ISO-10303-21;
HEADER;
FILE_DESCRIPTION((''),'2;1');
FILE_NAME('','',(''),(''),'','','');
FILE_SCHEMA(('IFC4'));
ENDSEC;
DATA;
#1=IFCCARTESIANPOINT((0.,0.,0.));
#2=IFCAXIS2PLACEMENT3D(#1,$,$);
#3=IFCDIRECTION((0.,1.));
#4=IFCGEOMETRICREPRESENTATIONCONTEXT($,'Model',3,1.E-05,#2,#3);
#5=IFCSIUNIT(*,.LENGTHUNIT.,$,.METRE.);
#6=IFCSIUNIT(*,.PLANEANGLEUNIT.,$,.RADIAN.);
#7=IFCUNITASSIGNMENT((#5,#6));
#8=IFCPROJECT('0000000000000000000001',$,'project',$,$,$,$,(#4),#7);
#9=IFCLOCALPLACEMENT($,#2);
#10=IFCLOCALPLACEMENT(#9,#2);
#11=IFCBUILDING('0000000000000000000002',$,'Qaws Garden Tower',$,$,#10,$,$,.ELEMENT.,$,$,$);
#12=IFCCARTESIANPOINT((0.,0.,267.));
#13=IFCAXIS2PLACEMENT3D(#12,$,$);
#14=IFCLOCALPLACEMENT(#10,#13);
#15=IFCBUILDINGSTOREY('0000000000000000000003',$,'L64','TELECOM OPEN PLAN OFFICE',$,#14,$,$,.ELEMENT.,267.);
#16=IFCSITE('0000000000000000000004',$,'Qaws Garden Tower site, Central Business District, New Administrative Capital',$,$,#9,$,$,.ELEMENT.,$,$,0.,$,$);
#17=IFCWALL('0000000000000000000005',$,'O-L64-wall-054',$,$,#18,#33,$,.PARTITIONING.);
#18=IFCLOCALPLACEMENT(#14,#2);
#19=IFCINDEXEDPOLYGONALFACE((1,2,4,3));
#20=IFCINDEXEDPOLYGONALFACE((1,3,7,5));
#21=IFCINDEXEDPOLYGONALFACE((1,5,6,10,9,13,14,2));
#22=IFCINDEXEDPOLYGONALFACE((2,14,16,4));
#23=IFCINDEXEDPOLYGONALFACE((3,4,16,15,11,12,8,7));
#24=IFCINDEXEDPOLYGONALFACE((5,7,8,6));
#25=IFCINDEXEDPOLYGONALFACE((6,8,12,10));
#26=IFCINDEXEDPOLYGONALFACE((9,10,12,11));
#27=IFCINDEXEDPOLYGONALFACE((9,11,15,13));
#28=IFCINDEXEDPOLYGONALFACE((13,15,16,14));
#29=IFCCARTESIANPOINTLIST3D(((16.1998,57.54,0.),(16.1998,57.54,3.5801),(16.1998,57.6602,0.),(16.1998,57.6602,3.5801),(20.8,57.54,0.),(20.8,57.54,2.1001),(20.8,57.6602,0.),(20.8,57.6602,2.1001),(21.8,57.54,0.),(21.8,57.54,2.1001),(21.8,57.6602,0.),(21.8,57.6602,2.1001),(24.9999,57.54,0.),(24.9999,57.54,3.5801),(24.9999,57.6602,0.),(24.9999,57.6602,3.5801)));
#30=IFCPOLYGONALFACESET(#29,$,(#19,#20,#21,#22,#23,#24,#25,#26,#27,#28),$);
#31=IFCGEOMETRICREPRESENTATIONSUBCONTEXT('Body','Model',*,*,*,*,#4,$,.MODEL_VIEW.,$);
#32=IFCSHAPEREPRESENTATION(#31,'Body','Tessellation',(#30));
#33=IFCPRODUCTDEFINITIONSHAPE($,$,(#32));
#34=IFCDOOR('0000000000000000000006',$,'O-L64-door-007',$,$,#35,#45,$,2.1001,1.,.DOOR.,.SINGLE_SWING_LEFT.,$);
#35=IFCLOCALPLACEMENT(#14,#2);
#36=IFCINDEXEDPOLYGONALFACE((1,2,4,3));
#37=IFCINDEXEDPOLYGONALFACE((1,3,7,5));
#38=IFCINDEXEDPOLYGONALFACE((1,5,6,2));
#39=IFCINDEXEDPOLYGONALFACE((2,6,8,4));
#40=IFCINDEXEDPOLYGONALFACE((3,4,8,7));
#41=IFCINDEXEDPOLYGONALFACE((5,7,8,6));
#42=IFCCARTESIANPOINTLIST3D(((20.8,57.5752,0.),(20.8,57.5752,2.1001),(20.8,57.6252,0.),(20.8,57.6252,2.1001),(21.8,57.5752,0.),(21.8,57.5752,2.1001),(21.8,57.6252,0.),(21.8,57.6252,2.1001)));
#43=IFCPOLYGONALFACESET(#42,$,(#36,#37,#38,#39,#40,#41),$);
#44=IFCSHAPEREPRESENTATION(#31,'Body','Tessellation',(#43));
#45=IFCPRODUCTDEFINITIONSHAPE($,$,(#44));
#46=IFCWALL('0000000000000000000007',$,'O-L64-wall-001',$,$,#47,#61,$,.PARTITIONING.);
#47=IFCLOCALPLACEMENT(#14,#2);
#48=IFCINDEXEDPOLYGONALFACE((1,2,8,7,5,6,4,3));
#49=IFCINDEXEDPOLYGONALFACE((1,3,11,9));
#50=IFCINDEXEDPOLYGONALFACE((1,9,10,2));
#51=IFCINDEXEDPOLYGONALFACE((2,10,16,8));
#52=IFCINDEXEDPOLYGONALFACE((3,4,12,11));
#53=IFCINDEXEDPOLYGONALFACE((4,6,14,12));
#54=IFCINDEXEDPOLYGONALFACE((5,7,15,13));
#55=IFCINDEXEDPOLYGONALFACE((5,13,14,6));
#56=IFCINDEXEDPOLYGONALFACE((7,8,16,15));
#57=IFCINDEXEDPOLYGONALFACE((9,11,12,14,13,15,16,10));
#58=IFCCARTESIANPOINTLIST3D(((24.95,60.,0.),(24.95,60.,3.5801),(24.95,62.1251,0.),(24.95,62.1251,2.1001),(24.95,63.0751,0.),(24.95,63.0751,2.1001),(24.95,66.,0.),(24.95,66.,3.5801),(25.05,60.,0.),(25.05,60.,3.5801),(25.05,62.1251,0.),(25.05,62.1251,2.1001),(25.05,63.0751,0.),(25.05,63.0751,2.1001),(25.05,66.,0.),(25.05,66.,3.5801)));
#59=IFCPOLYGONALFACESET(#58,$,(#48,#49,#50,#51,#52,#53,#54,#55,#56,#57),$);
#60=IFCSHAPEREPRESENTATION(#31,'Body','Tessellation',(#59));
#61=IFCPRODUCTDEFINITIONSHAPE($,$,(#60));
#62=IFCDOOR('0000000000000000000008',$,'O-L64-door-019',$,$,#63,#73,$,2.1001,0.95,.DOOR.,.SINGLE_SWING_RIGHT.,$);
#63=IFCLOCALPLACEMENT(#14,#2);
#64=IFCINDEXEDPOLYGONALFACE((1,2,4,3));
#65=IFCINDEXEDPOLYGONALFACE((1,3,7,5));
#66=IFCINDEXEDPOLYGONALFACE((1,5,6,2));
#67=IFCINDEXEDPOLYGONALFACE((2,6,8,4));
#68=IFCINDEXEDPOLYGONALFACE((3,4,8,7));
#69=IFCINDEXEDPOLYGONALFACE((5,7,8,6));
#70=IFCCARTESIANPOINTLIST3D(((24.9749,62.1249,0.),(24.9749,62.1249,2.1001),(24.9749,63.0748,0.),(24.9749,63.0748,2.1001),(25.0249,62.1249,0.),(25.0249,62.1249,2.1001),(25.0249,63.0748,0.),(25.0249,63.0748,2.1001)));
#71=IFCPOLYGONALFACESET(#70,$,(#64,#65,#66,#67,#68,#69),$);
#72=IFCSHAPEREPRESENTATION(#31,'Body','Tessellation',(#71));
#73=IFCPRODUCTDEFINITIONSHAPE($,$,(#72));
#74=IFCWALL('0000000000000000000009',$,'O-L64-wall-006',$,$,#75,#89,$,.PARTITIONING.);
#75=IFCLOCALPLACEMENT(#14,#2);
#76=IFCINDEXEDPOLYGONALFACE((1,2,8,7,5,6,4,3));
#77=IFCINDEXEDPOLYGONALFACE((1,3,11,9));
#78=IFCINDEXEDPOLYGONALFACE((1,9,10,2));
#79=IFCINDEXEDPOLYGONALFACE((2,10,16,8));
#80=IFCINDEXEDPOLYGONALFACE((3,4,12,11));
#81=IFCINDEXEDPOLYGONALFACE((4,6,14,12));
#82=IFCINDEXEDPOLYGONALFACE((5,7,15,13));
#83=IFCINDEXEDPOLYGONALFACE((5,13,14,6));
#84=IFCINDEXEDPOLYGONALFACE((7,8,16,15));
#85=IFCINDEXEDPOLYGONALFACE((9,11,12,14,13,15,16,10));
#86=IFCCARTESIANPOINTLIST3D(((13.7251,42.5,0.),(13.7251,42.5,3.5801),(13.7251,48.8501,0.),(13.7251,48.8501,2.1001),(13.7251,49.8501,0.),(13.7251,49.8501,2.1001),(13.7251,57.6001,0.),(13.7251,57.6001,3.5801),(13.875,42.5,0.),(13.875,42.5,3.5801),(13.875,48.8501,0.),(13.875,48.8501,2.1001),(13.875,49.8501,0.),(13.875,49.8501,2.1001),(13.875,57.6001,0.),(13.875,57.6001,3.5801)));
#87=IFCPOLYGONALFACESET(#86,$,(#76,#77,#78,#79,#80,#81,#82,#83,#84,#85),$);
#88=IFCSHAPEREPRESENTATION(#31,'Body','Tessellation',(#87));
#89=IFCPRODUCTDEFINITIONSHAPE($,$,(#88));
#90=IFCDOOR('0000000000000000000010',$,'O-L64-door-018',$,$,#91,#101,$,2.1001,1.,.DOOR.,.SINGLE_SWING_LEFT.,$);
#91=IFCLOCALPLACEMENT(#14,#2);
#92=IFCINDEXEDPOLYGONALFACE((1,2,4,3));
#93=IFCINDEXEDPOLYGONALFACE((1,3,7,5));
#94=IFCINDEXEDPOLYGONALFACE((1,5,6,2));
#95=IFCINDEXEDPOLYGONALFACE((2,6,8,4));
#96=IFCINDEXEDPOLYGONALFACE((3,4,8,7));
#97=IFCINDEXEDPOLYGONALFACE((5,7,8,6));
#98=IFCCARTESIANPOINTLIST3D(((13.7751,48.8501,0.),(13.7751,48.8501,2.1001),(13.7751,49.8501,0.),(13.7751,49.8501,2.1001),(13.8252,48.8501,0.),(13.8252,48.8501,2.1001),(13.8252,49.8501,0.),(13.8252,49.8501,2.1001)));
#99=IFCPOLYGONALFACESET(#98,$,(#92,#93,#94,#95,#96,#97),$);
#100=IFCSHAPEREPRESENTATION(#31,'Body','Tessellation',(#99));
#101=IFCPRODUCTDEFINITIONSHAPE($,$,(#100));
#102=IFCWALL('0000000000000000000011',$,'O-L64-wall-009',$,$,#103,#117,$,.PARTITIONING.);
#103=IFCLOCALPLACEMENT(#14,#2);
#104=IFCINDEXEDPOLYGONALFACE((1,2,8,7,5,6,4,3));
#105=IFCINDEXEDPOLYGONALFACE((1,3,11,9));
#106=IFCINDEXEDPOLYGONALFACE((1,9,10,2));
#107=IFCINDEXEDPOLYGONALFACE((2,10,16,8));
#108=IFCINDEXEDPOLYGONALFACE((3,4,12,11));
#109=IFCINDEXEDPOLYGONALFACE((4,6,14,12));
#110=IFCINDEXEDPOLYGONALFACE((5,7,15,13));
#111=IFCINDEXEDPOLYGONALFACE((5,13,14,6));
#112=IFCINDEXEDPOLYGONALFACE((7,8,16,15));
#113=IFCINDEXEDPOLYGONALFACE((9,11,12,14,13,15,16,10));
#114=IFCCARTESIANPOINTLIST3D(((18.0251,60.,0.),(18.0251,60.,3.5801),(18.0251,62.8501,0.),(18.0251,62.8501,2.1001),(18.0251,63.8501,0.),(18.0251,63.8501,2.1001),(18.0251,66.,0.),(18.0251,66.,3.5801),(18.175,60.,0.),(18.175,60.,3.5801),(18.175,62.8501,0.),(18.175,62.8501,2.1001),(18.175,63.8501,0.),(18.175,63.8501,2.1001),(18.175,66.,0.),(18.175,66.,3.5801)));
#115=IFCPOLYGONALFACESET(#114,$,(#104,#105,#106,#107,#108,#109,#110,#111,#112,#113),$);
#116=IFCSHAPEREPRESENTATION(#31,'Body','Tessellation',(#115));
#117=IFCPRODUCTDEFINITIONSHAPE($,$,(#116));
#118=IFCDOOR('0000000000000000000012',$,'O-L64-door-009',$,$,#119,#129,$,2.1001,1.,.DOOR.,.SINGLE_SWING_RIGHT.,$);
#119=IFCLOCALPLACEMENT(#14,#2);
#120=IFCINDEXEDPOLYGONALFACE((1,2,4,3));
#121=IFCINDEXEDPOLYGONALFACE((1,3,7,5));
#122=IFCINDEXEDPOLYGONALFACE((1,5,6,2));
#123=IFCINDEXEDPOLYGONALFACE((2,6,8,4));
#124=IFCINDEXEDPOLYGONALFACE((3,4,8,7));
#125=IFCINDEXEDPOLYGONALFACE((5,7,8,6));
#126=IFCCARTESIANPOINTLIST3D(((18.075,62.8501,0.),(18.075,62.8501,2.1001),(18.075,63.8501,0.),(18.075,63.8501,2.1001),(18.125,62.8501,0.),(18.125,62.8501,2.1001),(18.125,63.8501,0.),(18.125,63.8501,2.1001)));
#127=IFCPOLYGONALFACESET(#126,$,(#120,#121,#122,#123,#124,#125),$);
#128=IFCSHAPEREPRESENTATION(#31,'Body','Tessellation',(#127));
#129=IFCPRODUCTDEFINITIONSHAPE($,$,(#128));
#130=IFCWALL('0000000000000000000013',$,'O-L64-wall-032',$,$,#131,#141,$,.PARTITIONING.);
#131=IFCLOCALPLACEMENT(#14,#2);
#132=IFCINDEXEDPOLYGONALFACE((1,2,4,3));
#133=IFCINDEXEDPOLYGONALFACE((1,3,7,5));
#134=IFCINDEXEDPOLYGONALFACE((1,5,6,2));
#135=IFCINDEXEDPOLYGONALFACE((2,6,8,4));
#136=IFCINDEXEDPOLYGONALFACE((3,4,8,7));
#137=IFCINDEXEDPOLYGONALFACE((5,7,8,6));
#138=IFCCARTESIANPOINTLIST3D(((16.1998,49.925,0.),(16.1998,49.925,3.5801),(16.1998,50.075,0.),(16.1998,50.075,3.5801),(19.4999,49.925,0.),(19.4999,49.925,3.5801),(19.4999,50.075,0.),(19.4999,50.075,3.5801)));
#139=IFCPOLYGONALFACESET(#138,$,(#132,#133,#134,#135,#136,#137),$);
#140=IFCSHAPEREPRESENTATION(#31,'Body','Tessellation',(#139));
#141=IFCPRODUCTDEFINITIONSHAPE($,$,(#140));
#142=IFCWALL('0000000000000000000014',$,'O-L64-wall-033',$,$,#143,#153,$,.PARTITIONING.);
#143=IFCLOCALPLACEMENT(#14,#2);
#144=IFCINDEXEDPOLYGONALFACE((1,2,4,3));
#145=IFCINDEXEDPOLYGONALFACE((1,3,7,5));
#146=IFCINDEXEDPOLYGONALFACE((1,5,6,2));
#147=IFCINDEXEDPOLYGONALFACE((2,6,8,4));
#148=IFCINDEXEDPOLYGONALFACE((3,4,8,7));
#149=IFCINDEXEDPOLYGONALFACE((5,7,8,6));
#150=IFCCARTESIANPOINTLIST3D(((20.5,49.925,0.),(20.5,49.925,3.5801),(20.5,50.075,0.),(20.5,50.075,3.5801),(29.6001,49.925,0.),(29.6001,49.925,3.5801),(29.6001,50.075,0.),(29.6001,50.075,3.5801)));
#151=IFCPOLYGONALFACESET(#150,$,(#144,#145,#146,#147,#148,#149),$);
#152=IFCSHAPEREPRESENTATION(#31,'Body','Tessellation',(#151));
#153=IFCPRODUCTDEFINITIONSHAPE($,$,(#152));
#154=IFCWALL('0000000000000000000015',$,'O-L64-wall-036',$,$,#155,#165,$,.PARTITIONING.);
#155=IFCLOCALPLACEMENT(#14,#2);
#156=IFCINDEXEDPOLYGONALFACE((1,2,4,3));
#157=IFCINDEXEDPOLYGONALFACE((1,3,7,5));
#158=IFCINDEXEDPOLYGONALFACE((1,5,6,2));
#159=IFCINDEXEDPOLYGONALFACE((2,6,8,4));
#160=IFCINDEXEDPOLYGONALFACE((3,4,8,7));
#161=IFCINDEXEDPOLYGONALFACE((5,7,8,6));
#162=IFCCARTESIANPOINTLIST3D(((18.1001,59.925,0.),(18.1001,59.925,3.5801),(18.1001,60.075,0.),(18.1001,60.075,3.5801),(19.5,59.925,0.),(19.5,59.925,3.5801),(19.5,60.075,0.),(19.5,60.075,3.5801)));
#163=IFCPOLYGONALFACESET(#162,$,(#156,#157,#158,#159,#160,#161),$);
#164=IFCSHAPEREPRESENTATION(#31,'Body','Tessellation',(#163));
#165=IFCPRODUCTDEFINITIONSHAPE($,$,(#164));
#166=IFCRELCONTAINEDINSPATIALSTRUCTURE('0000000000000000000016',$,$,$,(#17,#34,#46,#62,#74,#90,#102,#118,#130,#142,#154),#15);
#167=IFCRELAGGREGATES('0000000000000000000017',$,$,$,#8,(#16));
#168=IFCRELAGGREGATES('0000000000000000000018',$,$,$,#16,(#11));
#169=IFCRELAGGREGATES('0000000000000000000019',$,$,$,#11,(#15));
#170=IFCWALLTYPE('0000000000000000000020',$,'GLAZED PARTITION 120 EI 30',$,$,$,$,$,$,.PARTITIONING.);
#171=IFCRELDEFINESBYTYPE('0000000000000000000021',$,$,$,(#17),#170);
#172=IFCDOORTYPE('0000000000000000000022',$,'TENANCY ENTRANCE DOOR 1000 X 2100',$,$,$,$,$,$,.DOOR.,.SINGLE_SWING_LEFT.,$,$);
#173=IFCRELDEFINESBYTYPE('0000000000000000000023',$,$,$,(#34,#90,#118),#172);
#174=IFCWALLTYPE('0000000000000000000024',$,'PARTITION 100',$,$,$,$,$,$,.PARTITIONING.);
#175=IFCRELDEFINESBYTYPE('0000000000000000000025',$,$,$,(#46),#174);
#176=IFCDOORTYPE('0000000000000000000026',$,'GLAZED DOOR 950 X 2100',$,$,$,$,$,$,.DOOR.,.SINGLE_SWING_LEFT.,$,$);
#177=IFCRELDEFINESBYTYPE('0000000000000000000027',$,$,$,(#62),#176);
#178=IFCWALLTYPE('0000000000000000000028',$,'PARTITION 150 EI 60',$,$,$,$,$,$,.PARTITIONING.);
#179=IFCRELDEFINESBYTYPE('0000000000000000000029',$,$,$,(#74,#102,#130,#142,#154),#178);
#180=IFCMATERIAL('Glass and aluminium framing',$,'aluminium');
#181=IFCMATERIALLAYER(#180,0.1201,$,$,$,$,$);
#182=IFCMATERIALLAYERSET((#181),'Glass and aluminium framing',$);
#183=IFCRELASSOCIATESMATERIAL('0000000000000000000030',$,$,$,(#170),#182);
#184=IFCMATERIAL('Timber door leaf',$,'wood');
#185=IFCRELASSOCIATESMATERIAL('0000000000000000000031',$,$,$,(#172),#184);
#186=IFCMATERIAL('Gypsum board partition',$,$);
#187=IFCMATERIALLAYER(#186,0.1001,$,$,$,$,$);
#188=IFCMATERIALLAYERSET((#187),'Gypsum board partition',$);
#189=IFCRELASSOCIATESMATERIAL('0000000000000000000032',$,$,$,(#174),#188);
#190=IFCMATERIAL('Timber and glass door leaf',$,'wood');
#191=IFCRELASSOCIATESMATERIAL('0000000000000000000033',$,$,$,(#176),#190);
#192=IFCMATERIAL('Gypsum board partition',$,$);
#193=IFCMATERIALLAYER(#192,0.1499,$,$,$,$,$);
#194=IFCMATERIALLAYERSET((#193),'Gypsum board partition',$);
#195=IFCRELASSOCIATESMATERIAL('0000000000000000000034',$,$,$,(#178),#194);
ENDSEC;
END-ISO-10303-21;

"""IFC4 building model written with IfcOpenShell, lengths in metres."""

from ifc_helpers import new_model, si_unit, direction, frame, frame_2d, origin, place, context, subcontext, project, spatial, rectangle, extrude, material, layer, layer_set, type_object, element, fill, save


model = new_model("IFC4")

# Units and contexts
model_context = context("Model", 3, precision=1e-05, world=origin(), true_north=direction((0.0, 1.0)))
body_context = subcontext(model_context, "Body", "Model", "MODEL_VIEW")
ifc_project = project(units=[si_unit("LENGTHUNIT", "METRE"), si_unit("PLANEANGLEUNIT", "RADIAN")], contexts=[model_context])

# Site, building, storey
site_placement = place(None, origin())
site = spatial("IfcSite", under=ifc_project, at=site_placement, Name="Qaws Garden Tower site, Central Business District, New Administrative Capital", CompositionType="ELEMENT", RefElevation=0.0)
building_placement = place(site_placement, origin())
building = spatial("IfcBuilding", under=site, at=building_placement, Name="Qaws Garden Tower", CompositionType="ELEMENT")
storey_placement = place(building_placement, frame((0.0, 0.0, 267.0)))
storey = spatial("IfcBuildingStorey", under=building, at=storey_placement, Name="L64", Description="TELECOM OPEN PLAN OFFICE", CompositionType="ELEMENT", Elevation=267.0)

# Shared definitions
ifc_material_1 = material(Name="Glass and aluminium framing", Category="aluminium")
ifc_layer_1 = layer(ifc_material_1, 0.1201)
ifc_layer_set_1 = layer_set([ifc_layer_1], Name="Glass and aluminium framing")
wall_type_1 = type_object("IfcWallType", Name="GLAZED PARTITION 120 EI 30", PredefinedType="PARTITIONING", material=ifc_layer_set_1)

# Walls, openings, doors
wall_1_placement = place(storey_placement, frame((16.2, 57.6001, 0.0), z_axis=(0.0, 0.0, 1.0), x_axis=(1.0, 0.0, 0.0)))
wall_1 = element("IfcWall", 1, at=wall_1_placement, inside=storey, type_object=wall_type_1, Name="O-L64-wall-054", PredefinedType="PARTITIONING", context=body_context, shape_type="SweptSolid", body=[
    extrude(rectangle(XDim=8.8, YDim=0.1201, at=frame_2d((4.3999, 0.0))), origin(), (0.0, 0.0, 1.0), 3.5801),
])
opening_1_placement = place(wall_1_placement, frame((4.6001, 0.0, 0.0)))
opening_1 = element("IfcOpeningElement", 2, at=opening_1_placement, cuts=wall_1, PredefinedType="OPENING", context=body_context, shape_type="SweptSolid", body=[
    extrude(rectangle(XDim=1.0, YDim=2.1001, at=frame_2d((0.5, 1.05))), frame((0.0, 0.0701, 0.0), z_axis=(0.0, -1.0, 0.0), x_axis=(1.0, 0.0, 0.0)), (0.0, 0.0, 1.0), 0.1401),
])
ifc_material_2 = material(Name="Timber door leaf", Category="wood")
door_type_1 = type_object("IfcDoorType", Name="TENANCY ENTRANCE DOOR 1000 X 2100", OperationType="SINGLE_SWING_LEFT", PredefinedType="DOOR", material=ifc_material_2)
door_1_placement = place(opening_1_placement, frame((1.0, 0.0, 0.0), z_axis=(0.0, 0.0, 1.0), x_axis=(-1.0, 0.0, 0.0)))
door_1 = element("IfcDoor", 3, at=door_1_placement, inside=storey, type_object=door_type_1, Name="O-L64-door-007", OperationType="SINGLE_SWING_LEFT", OverallHeight=2.1001, OverallWidth=1.0, PredefinedType="DOOR", context=body_context, shape_type="SweptSolid", body=[
    extrude(rectangle(XDim=1.0, YDim=2.1001, at=frame_2d((0.5, 1.05))), frame((0.0, 0.0249, 0.0), z_axis=(0.0, -1.0, 0.0), x_axis=(1.0, 0.0, 0.0)), (0.0, 0.0, 1.0), 0.05),
])
fill(opening_1, door_1)
ifc_material_3 = material(Name="Gypsum board partition")
ifc_layer_2 = layer(ifc_material_3, 0.1001)
ifc_layer_set_2 = layer_set([ifc_layer_2], Name="Gypsum board partition")
wall_type_2 = type_object("IfcWallType", Name="PARTITION 100", PredefinedType="PARTITIONING", material=ifc_layer_set_2)
wall_2_placement = place(storey_placement, frame((25.0, 60.0, 0.0), z_axis=(0.0, 0.0, 1.0), x_axis=(0.0, 1.0, 0.0)))
wall_2 = element("IfcWall", 4, at=wall_2_placement, inside=storey, type_object=wall_type_2, Name="O-L64-wall-001", PredefinedType="PARTITIONING", context=body_context, shape_type="SweptSolid", body=[
    extrude(rectangle(XDim=6.0, YDim=0.1001, at=frame_2d((3.0, 0.0))), origin(), (0.0, 0.0, 1.0), 3.5801),
])
opening_2_placement = place(wall_2_placement, frame((2.125, 0.0, 0.0)))
opening_2 = element("IfcOpeningElement", 5, at=opening_2_placement, cuts=wall_2, PredefinedType="OPENING", context=body_context, shape_type="SweptSolid", body=[
    extrude(rectangle(XDim=0.95, YDim=2.1001, at=frame_2d((0.4751, 1.05))), frame((0.0, 0.0601, 0.0), z_axis=(0.0, -1.0, 0.0), x_axis=(1.0, 0.0, 0.0)), (0.0, 0.0, 1.0), 0.1201),
])
ifc_material_4 = material(Name="Timber and glass door leaf", Category="wood")
door_type_2 = type_object("IfcDoorType", Name="GLAZED DOOR 950 X 2100", OperationType="SINGLE_SWING_LEFT", PredefinedType="DOOR", material=ifc_material_4)
door_2_placement = place(opening_2_placement, frame((0.95, 0.0, 0.0), z_axis=(0.0, 0.0, 1.0), x_axis=(-1.0, 0.0, 0.0)))
door_2 = element("IfcDoor", 6, at=door_2_placement, inside=storey, type_object=door_type_2, Name="O-L64-door-019", OperationType="SINGLE_SWING_RIGHT", OverallHeight=2.1001, OverallWidth=0.95, PredefinedType="DOOR", context=body_context, shape_type="SweptSolid", body=[
    extrude(rectangle(XDim=0.95, YDim=2.1001, at=frame_2d((0.4751, 1.05))), frame((0.0, 0.0249, 0.0), z_axis=(0.0, -1.0, 0.0), x_axis=(1.0, 0.0, 0.0)), (0.0, 0.0, 1.0), 0.05),
])
fill(opening_2, door_2)
ifc_material_5 = material(Name="Gypsum board partition")
ifc_layer_3 = layer(ifc_material_5, 0.1499)
ifc_layer_set_3 = layer_set([ifc_layer_3], Name="Gypsum board partition")
wall_type_3 = type_object("IfcWallType", Name="PARTITION 150 EI 60", PredefinedType="PARTITIONING", material=ifc_layer_set_3)
wall_3_placement = place(storey_placement, frame((13.8, 42.5, 0.0), z_axis=(0.0, 0.0, 1.0), x_axis=(0.0, 1.0, 0.0)))
wall_3 = element("IfcWall", 7, at=wall_3_placement, inside=storey, type_object=wall_type_3, Name="O-L64-wall-006", PredefinedType="PARTITIONING", context=body_context, shape_type="SweptSolid", body=[
    extrude(rectangle(XDim=15.1001, YDim=0.1499, at=frame_2d((7.55, 0.0))), origin(), (0.0, 0.0, 1.0), 3.5801),
])
opening_3_placement = place(wall_3_placement, frame((6.3501, 0.0, 0.0)))
opening_3 = element("IfcOpeningElement", 8, at=opening_3_placement, cuts=wall_3, PredefinedType="OPENING", context=body_context, shape_type="SweptSolid", body=[
    extrude(rectangle(XDim=1.0, YDim=2.1001, at=frame_2d((0.5, 1.05))), frame((0.0, 0.085, 0.0), z_axis=(0.0, -1.0, 0.0), x_axis=(1.0, 0.0, 0.0)), (0.0, 0.0, 1.0), 0.1699),
])
door_3_placement = place(opening_3_placement, origin())
door_3 = element("IfcDoor", 9, at=door_3_placement, inside=storey, type_object=door_type_1, Name="O-L64-door-018", OperationType="SINGLE_SWING_LEFT", OverallHeight=2.1001, OverallWidth=1.0, PredefinedType="DOOR", context=body_context, shape_type="SweptSolid", body=[
    extrude(rectangle(XDim=1.0, YDim=2.1001, at=frame_2d((0.5, 1.05))), frame((0.0, 0.0249, 0.0), z_axis=(0.0, -1.0, 0.0), x_axis=(1.0, 0.0, 0.0)), (0.0, 0.0, 1.0), 0.05),
])
fill(opening_3, door_3)
wall_4_placement = place(storey_placement, frame((18.1001, 60.0, 0.0), z_axis=(0.0, 0.0, 1.0), x_axis=(0.0, 1.0, 0.0)))
wall_4 = element("IfcWall", 10, at=wall_4_placement, inside=storey, type_object=wall_type_3, Name="O-L64-wall-009", PredefinedType="PARTITIONING", context=body_context, shape_type="SweptSolid", body=[
    extrude(rectangle(XDim=6.0, YDim=0.1499, at=frame_2d((3.0, 0.0))), origin(), (0.0, 0.0, 1.0), 3.5801),
])
opening_4_placement = place(wall_4_placement, frame((2.8501, 0.0, 0.0)))
opening_4 = element("IfcOpeningElement", 11, at=opening_4_placement, cuts=wall_4, PredefinedType="OPENING", context=body_context, shape_type="SweptSolid", body=[
    extrude(rectangle(XDim=1.0, YDim=2.1001, at=frame_2d((0.5, 1.05))), frame((0.0, 0.085, 0.0), z_axis=(0.0, -1.0, 0.0), x_axis=(1.0, 0.0, 0.0)), (0.0, 0.0, 1.0), 0.1699),
])
door_4_placement = place(opening_4_placement, frame((1.0, 0.0, 0.0), z_axis=(0.0, 0.0, 1.0), x_axis=(-1.0, 0.0, 0.0)))
door_4 = element("IfcDoor", 12, at=door_4_placement, inside=storey, type_object=door_type_1, Name="O-L64-door-009", OperationType="SINGLE_SWING_RIGHT", OverallHeight=2.1001, OverallWidth=1.0, PredefinedType="DOOR", context=body_context, shape_type="SweptSolid", body=[
    extrude(rectangle(XDim=1.0, YDim=2.1001, at=frame_2d((0.5, 1.05))), frame((0.0, 0.0249, 0.0), z_axis=(0.0, -1.0, 0.0), x_axis=(1.0, 0.0, 0.0)), (0.0, 0.0, 1.0), 0.05),
])
fill(opening_4, door_4)

# Walls
wall_5_placement = place(storey_placement, frame((16.2, 50.0, 0.0), z_axis=(0.0, 0.0, 1.0), x_axis=(1.0, 0.0, 0.0)))
element("IfcWall", 13, at=wall_5_placement, inside=storey, type_object=wall_type_3, Name="O-L64-wall-032", PredefinedType="PARTITIONING", context=body_context, shape_type="SweptSolid", body=[
    extrude(rectangle(XDim=3.3, YDim=0.1499, at=frame_2d((1.6499, 0.0))), origin(), (0.0, 0.0, 1.0), 3.5801),
])
wall_6_placement = place(storey_placement, frame((20.5, 50.0, 0.0), z_axis=(0.0, 0.0, 1.0), x_axis=(1.0, 0.0, 0.0)))
element("IfcWall", 14, at=wall_6_placement, inside=storey, type_object=wall_type_3, Name="O-L64-wall-033", PredefinedType="PARTITIONING", context=body_context, shape_type="SweptSolid", body=[
    extrude(rectangle(XDim=9.1001, YDim=0.1499, at=frame_2d((4.55, 0.0))), origin(), (0.0, 0.0, 1.0), 3.5801),
])
wall_7_placement = place(storey_placement, frame((18.1001, 60.0, 0.0), z_axis=(0.0, 0.0, 1.0), x_axis=(1.0, 0.0, 0.0)))
element("IfcWall", 15, at=wall_7_placement, inside=storey, type_object=wall_type_3, Name="O-L64-wall-036", PredefinedType="PARTITIONING", context=body_context, shape_type="SweptSolid", body=[
    extrude(rectangle(XDim=1.3999, YDim=0.1499, at=frame_2d((0.7, 0.0))), origin(), (0.0, 0.0, 1.0), 3.5801),
])

save(model, "model.ifc")
